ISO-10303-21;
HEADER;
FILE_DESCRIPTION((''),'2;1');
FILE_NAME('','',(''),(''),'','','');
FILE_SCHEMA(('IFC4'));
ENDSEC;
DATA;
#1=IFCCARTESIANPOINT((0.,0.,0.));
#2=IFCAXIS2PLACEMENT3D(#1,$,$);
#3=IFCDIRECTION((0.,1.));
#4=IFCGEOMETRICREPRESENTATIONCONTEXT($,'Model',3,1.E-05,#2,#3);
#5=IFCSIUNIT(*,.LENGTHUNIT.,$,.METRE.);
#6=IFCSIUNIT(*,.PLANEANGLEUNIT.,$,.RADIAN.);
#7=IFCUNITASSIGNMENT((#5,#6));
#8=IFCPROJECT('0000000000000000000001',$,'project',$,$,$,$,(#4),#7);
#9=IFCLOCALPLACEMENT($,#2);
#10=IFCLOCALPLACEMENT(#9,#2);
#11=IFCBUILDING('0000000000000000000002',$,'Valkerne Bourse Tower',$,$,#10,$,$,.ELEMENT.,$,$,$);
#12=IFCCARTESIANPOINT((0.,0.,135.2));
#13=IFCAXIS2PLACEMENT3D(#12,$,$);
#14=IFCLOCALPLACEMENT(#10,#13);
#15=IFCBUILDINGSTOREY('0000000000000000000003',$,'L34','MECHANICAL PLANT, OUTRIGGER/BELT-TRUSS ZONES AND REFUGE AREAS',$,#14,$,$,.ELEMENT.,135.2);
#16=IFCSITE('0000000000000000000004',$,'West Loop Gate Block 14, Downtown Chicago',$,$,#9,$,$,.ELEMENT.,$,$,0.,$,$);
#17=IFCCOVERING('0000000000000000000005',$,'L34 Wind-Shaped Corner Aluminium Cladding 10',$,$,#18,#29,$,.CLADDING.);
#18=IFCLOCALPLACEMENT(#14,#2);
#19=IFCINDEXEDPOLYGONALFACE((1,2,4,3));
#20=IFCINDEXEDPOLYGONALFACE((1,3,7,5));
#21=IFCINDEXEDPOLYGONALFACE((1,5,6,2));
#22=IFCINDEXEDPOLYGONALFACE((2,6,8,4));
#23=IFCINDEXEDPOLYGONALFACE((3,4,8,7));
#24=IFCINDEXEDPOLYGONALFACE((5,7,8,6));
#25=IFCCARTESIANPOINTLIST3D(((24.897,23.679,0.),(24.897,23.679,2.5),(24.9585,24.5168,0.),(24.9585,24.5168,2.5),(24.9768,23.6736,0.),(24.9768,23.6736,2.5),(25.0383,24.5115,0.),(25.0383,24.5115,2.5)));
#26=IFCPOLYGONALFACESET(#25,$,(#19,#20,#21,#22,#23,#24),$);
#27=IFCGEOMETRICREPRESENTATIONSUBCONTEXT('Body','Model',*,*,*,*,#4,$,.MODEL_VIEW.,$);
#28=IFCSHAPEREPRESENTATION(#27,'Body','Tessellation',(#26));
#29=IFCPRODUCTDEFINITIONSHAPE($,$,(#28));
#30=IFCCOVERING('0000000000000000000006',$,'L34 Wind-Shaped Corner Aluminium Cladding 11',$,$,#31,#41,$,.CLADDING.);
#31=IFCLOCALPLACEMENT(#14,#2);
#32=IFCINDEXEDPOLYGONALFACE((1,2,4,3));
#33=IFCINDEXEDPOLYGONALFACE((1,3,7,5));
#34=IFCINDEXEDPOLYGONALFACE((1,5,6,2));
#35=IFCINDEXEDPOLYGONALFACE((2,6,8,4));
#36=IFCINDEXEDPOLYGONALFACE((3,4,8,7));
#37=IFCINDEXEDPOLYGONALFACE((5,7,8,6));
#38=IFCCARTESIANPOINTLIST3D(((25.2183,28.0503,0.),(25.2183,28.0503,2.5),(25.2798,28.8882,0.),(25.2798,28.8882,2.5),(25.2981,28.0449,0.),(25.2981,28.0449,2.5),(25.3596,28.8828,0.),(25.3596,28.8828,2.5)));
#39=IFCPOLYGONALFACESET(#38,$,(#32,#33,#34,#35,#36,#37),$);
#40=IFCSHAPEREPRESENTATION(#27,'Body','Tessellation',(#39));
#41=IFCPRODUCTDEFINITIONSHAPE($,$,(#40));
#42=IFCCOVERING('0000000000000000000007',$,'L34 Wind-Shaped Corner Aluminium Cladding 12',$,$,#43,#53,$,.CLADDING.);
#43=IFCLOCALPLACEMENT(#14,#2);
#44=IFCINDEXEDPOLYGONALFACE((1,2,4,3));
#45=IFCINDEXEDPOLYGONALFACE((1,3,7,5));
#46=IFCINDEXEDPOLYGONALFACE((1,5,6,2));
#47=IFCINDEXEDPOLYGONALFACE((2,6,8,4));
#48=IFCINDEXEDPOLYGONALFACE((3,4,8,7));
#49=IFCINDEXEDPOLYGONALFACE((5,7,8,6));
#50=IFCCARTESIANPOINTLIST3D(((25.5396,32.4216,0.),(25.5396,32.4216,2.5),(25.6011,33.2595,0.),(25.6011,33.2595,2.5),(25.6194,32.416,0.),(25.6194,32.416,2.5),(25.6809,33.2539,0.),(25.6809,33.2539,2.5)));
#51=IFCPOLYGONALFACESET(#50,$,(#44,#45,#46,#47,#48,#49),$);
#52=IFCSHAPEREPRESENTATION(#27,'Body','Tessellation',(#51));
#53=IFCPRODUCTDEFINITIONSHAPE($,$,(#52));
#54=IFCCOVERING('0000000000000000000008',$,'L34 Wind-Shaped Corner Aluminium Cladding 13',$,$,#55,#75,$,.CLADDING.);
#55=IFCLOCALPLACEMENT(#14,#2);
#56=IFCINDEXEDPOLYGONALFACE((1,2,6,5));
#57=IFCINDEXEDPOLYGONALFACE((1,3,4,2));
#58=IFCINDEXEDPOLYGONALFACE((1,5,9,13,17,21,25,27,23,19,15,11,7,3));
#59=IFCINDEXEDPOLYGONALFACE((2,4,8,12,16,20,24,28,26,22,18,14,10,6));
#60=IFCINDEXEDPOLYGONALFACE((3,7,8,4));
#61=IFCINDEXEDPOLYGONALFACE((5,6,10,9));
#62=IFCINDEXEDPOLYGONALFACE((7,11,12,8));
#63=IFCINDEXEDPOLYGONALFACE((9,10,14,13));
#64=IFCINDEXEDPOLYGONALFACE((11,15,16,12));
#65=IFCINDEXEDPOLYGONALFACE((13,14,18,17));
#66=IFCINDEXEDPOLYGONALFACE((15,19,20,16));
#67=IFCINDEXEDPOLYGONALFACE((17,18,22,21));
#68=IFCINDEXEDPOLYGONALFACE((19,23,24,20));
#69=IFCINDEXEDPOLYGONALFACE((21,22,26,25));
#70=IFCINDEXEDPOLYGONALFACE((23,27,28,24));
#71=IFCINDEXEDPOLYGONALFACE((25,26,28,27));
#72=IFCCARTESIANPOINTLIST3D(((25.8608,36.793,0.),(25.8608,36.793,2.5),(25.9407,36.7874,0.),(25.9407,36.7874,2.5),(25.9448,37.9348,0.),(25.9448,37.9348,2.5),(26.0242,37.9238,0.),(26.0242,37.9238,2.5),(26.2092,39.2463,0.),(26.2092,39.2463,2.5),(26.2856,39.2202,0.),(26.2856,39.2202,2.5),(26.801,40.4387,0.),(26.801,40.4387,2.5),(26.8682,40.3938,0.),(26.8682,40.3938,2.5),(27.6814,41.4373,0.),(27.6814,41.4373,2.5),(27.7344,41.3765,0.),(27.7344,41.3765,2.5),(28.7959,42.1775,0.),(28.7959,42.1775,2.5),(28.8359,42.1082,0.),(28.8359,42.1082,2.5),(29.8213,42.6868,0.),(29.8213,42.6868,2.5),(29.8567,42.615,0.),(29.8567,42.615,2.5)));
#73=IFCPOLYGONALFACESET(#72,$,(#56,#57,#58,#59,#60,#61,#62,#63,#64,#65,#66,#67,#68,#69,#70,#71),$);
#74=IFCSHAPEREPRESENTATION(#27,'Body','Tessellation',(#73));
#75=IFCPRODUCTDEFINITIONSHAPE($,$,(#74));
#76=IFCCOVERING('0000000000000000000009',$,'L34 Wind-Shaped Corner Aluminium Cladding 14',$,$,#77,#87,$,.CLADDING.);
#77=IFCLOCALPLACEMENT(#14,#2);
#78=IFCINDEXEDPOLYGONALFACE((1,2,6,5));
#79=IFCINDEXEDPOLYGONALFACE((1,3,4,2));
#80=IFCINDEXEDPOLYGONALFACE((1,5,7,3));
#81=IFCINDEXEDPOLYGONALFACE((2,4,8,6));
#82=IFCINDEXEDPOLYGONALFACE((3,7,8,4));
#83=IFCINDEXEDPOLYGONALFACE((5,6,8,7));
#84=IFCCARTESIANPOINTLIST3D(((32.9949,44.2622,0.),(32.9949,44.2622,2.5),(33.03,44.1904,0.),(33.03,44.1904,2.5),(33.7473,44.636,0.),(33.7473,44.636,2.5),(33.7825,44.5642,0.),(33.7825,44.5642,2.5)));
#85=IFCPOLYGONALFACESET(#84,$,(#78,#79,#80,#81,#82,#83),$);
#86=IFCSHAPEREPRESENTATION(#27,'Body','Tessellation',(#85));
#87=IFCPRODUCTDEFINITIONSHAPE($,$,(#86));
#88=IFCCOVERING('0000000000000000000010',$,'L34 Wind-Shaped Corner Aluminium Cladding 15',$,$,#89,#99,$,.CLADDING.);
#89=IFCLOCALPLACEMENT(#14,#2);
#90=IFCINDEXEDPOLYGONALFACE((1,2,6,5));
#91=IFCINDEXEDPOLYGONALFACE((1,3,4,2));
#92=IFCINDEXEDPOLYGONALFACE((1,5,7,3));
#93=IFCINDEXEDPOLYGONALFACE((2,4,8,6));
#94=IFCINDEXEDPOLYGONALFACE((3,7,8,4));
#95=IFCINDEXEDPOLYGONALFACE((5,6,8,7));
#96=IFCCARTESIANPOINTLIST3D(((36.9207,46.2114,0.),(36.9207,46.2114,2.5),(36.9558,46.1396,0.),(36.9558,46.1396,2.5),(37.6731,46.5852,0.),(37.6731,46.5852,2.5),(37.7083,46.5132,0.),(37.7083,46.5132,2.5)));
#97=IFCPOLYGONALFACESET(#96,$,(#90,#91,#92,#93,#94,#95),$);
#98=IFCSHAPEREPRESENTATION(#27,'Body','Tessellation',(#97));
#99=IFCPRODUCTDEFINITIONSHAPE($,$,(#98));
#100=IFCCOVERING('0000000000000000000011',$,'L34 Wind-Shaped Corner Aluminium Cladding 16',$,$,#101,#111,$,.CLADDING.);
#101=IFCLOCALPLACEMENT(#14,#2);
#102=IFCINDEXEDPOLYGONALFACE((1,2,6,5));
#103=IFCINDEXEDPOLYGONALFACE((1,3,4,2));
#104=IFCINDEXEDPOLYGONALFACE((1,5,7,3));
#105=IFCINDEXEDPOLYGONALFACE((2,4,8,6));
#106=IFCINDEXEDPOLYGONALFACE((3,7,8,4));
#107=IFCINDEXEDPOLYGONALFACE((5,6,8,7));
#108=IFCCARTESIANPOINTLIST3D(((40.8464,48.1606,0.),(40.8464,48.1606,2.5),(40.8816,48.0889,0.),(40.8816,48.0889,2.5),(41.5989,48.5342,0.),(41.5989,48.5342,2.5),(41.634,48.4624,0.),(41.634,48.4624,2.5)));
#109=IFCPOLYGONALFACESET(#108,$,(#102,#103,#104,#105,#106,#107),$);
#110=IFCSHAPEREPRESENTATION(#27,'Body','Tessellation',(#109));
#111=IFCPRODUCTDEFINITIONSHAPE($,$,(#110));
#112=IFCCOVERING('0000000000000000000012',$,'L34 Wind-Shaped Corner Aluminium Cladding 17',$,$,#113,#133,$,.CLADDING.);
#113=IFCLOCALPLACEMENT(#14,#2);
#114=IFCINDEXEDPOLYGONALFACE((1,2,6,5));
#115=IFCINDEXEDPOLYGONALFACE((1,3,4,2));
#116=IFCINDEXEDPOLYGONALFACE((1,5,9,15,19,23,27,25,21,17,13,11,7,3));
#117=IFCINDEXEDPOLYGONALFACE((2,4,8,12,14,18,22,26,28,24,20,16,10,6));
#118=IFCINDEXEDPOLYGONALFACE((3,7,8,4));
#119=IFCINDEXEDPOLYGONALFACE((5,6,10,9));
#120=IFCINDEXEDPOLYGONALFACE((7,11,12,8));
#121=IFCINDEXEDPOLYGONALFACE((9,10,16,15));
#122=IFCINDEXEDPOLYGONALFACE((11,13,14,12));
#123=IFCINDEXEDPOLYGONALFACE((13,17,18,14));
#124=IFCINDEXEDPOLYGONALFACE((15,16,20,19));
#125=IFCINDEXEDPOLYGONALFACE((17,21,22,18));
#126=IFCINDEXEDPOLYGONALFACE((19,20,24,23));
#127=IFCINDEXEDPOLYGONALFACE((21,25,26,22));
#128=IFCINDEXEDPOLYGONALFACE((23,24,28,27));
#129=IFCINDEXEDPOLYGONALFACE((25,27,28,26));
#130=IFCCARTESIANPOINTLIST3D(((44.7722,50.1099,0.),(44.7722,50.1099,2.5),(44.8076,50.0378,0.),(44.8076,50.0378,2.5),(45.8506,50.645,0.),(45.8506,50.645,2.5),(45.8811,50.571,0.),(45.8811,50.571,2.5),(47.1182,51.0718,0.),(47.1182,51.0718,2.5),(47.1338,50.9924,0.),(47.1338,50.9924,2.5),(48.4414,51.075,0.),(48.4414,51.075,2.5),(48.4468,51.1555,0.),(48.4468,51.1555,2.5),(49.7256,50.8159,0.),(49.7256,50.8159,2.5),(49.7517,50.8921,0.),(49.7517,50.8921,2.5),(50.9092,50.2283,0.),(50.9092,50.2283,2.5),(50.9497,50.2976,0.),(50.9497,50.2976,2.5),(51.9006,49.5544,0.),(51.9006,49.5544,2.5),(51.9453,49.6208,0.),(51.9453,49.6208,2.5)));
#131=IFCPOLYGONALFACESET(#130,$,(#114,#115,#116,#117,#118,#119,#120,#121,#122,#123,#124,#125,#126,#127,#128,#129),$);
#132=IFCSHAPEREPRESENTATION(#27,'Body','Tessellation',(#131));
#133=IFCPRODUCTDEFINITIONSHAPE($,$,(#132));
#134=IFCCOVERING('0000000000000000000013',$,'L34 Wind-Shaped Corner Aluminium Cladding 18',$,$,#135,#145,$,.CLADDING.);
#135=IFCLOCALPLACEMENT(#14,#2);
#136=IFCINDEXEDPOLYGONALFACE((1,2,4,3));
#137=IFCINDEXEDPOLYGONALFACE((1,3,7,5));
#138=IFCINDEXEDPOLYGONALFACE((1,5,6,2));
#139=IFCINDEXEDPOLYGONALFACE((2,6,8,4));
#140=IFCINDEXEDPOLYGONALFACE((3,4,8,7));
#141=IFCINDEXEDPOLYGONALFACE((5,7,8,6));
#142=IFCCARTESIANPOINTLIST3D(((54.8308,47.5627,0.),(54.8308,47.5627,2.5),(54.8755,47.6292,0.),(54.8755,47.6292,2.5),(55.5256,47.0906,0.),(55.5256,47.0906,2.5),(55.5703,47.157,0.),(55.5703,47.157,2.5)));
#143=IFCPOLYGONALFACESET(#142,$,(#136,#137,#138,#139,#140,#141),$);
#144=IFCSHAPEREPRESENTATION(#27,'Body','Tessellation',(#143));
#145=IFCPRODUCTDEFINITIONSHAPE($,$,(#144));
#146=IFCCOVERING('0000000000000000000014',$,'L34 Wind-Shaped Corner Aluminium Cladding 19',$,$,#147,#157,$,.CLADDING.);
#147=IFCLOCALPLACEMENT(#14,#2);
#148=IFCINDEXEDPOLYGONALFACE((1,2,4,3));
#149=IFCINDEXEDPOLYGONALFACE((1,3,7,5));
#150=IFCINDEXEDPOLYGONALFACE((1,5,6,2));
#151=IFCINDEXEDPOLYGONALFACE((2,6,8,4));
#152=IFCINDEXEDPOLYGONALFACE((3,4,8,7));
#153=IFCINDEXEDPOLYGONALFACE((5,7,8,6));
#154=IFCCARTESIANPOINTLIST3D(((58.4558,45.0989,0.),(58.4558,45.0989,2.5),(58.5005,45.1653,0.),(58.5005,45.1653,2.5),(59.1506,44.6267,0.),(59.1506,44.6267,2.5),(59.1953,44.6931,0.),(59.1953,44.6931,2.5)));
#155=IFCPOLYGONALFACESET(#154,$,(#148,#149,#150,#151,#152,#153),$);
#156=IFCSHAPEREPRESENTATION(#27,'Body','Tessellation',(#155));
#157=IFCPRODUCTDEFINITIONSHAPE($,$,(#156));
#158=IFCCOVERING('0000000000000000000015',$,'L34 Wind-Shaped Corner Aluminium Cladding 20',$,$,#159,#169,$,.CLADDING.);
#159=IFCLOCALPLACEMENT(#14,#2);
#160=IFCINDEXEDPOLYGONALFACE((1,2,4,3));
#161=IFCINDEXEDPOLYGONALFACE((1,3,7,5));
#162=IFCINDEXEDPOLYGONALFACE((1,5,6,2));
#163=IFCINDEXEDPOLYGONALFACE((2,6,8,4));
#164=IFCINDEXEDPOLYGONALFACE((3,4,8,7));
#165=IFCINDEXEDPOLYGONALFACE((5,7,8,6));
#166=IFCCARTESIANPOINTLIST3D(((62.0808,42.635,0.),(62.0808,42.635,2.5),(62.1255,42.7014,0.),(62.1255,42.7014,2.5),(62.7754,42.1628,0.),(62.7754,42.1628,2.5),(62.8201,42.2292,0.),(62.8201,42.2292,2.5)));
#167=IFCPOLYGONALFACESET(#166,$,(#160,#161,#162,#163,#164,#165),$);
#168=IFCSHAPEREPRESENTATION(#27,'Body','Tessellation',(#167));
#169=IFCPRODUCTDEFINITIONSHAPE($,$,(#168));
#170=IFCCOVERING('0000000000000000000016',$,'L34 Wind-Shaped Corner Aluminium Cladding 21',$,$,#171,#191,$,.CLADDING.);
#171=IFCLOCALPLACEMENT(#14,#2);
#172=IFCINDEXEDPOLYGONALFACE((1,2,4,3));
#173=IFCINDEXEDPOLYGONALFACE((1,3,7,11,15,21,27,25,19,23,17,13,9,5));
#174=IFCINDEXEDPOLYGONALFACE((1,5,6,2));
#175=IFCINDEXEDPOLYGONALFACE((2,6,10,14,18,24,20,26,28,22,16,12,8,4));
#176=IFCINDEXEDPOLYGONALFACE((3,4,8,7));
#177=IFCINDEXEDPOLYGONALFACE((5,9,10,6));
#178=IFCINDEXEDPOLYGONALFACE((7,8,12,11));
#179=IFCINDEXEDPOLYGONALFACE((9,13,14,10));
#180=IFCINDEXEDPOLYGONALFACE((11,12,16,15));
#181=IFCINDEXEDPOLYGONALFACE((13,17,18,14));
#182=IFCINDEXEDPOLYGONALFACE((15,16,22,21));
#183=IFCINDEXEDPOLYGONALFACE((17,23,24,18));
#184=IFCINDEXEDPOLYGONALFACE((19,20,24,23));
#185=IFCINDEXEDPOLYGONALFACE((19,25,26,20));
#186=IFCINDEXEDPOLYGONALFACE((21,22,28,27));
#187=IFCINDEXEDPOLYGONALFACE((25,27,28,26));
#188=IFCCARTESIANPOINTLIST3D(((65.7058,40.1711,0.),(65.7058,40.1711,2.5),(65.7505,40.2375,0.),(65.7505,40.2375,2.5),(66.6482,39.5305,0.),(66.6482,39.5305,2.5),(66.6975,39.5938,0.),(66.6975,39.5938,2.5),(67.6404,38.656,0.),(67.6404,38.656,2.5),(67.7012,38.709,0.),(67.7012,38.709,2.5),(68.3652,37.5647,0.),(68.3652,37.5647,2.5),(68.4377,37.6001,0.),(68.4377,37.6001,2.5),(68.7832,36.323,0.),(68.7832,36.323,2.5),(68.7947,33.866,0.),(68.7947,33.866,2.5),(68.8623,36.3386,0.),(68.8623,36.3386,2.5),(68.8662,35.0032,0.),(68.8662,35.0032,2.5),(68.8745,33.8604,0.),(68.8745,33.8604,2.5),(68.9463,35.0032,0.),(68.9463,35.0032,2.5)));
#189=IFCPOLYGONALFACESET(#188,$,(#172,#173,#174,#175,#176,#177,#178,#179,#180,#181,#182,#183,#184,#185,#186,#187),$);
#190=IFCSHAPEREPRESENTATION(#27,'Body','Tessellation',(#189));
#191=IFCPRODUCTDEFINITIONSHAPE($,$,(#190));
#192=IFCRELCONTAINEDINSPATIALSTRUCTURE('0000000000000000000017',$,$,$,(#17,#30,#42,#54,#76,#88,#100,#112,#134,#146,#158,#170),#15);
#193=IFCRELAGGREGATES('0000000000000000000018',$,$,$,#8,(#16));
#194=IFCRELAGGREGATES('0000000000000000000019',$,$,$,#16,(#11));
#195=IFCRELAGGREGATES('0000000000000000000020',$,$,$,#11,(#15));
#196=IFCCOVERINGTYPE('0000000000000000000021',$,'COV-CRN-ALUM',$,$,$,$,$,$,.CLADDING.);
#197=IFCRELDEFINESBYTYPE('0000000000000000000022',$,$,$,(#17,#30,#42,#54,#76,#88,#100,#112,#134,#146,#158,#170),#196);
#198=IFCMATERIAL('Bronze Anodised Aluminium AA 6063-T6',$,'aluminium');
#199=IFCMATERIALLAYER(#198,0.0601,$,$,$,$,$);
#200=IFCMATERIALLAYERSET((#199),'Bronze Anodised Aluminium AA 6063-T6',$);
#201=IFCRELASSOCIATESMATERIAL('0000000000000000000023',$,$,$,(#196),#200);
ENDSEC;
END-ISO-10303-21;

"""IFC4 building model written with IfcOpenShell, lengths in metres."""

from ifc_helpers import new_model, si_unit, direction, frame, origin, place, context, subcontext, project, spatial, polyline, outline, extrude, material, layer, layer_set, type_object, element, save


model = new_model("IFC4")

# Units and contexts
model_context = context("Model", 3, precision=1e-05, world=origin(), true_north=direction((0.0, 1.0)))
body_context = subcontext(model_context, "Body", "Model", "MODEL_VIEW")
ifc_project = project(units=[si_unit("LENGTHUNIT", "METRE"), si_unit("PLANEANGLEUNIT", "RADIAN")], contexts=[model_context])

# Site, building, storey
site_placement = place(None, origin())
site = spatial("IfcSite", under=ifc_project, at=site_placement, Name="West Loop Gate Block 14, Downtown Chicago", CompositionType="ELEMENT", RefElevation=0.0)
building_placement = place(site_placement, origin())
building = spatial("IfcBuilding", under=site, at=building_placement, Name="Valkerne Bourse Tower", CompositionType="ELEMENT")
storey_placement = place(building_placement, frame((0.0, 0.0, 135.2)))
storey = spatial("IfcBuildingStorey", under=building, at=storey_placement, Name="L34", Description="MECHANICAL PLANT, OUTRIGGER/BELT-TRUSS ZONES AND REFUGE AREAS", CompositionType="ELEMENT", Elevation=135.2)

# Coverings
ifc_material_1 = material(Name="Bronze Anodised Aluminium AA 6063-T6", Category="aluminium")
ifc_layer_1 = layer(ifc_material_1, 0.0601)
ifc_layer_set_1 = layer_set([ifc_layer_1], Name="Bronze Anodised Aluminium AA 6063-T6")
covering_type = type_object("IfcCoveringType", Name="COV-CRN-ALUM", PredefinedType="CLADDING", material=ifc_layer_set_1)
covering_1_placement = place(storey_placement, origin())
element("IfcCovering", 1, at=covering_1_placement, inside=storey, type_object=covering_type, Name="L34 Wind-Shaped Corner Aluminium Cladding 10", PredefinedType="CLADDING", context=body_context, shape_type="SweptSolid", body=[
    extrude(outline(polyline([(24.9585, 24.5168), (25.0383, 24.5115), (24.9768, 23.6736), (24.897, 23.679), (24.9585, 24.5168)])), origin(), (0.0, 0.0, 1.0), 2.5),
])
covering_2_placement = place(storey_placement, origin())
element("IfcCovering", 2, at=covering_2_placement, inside=storey, type_object=covering_type, Name="L34 Wind-Shaped Corner Aluminium Cladding 11", PredefinedType="CLADDING", context=body_context, shape_type="SweptSolid", body=[
    extrude(outline(polyline([(25.2798, 28.8882), (25.3596, 28.8828), (25.2981, 28.0449), (25.2183, 28.0503), (25.2798, 28.8882)])), origin(), (0.0, 0.0, 1.0), 2.5),
])
covering_3_placement = place(storey_placement, origin())
element("IfcCovering", 3, at=covering_3_placement, inside=storey, type_object=covering_type, Name="L34 Wind-Shaped Corner Aluminium Cladding 12", PredefinedType="CLADDING", context=body_context, shape_type="SweptSolid", body=[
    extrude(outline(polyline([(25.6011, 33.2595), (25.6809, 33.2539), (25.6194, 32.416), (25.5396, 32.4216), (25.6011, 33.2595)])), origin(), (0.0, 0.0, 1.0), 2.5),
])
covering_4_placement = place(storey_placement, origin())
element("IfcCovering", 4, at=covering_4_placement, inside=storey, type_object=covering_type, Name="L34 Wind-Shaped Corner Aluminium Cladding 13", PredefinedType="CLADDING", context=body_context, shape_type="SweptSolid", body=[
    extrude(outline(polyline([(25.9448, 37.9348), (26.2092, 39.2463), (26.801, 40.4387), (27.6814, 41.4373), (28.7959, 42.1775), (29.8213, 42.6868), (29.8567, 42.615), (28.8359, 42.1082), (27.7344, 41.3765), (26.8682, 40.3938), (26.2856, 39.2202), (26.0242, 37.9238), (25.9407, 36.7874), (25.8608, 36.793), (25.9448, 37.9348)])), origin(), (0.0, 0.0, 1.0), 2.5),
])
covering_5_placement = place(storey_placement, origin())
element("IfcCovering", 5, at=covering_5_placement, inside=storey, type_object=covering_type, Name="L34 Wind-Shaped Corner Aluminium Cladding 14", PredefinedType="CLADDING", context=body_context, shape_type="SweptSolid", body=[
    extrude(outline(polyline([(33.7473, 44.636), (33.7825, 44.5642), (33.03, 44.1904), (32.9949, 44.2622), (33.7473, 44.636)])), origin(), (0.0, 0.0, 1.0), 2.5),
])
covering_6_placement = place(storey_placement, origin())
element("IfcCovering", 6, at=covering_6_placement, inside=storey, type_object=covering_type, Name="L34 Wind-Shaped Corner Aluminium Cladding 15", PredefinedType="CLADDING", context=body_context, shape_type="SweptSolid", body=[
    extrude(outline(polyline([(37.6731, 46.5852), (37.7083, 46.5132), (36.9558, 46.1396), (36.9207, 46.2114), (37.6731, 46.5852)])), origin(), (0.0, 0.0, 1.0), 2.5),
])
covering_7_placement = place(storey_placement, origin())
element("IfcCovering", 7, at=covering_7_placement, inside=storey, type_object=covering_type, Name="L34 Wind-Shaped Corner Aluminium Cladding 16", PredefinedType="CLADDING", context=body_context, shape_type="SweptSolid", body=[
    extrude(outline(polyline([(41.5989, 48.5342), (41.634, 48.4624), (40.8816, 48.0889), (40.8464, 48.1606), (41.5989, 48.5342)])), origin(), (0.0, 0.0, 1.0), 2.5),
])
covering_8_placement = place(storey_placement, origin())
element("IfcCovering", 8, at=covering_8_placement, inside=storey, type_object=covering_type, Name="L34 Wind-Shaped Corner Aluminium Cladding 17", PredefinedType="CLADDING", context=body_context, shape_type="SweptSolid", body=[
    extrude(outline(polyline([(45.8506, 50.645), (47.1182, 51.0718), (48.4468, 51.1555), (49.7517, 50.8921), (50.9497, 50.2976), (51.9453, 49.6208), (51.9006, 49.5544), (50.9092, 50.2283), (49.7256, 50.8159), (48.4414, 51.075), (47.1338, 50.9924), (45.8811, 50.571), (44.8076, 50.0378), (44.7722, 50.1099), (45.8506, 50.645)])), origin(), (0.0, 0.0, 1.0), 2.5),
])
covering_9_placement = place(storey_placement, origin())
element("IfcCovering", 9, at=covering_9_placement, inside=storey, type_object=covering_type, Name="L34 Wind-Shaped Corner Aluminium Cladding 18", PredefinedType="CLADDING", context=body_context, shape_type="SweptSolid", body=[
    extrude(outline(polyline([(55.5703, 47.157), (55.5256, 47.0906), (54.8308, 47.5627), (54.8755, 47.6292), (55.5703, 47.157)])), origin(), (0.0, 0.0, 1.0), 2.5),
])
covering_10_placement = place(storey_placement, origin())
element("IfcCovering", 10, at=covering_10_placement, inside=storey, type_object=covering_type, Name="L34 Wind-Shaped Corner Aluminium Cladding 19", PredefinedType="CLADDING", context=body_context, shape_type="SweptSolid", body=[
    extrude(outline(polyline([(59.1953, 44.6931), (59.1506, 44.6267), (58.4558, 45.0989), (58.5005, 45.1653), (59.1953, 44.6931)])), origin(), (0.0, 0.0, 1.0), 2.5),
])
covering_11_placement = place(storey_placement, origin())
element("IfcCovering", 11, at=covering_11_placement, inside=storey, type_object=covering_type, Name="L34 Wind-Shaped Corner Aluminium Cladding 20", PredefinedType="CLADDING", context=body_context, shape_type="SweptSolid", body=[
    extrude(outline(polyline([(62.8201, 42.2292), (62.7754, 42.1628), (62.0808, 42.635), (62.1255, 42.7014), (62.8201, 42.2292)])), origin(), (0.0, 0.0, 1.0), 2.5),
])
covering_12_placement = place(storey_placement, origin())
element("IfcCovering", 12, at=covering_12_placement, inside=storey, type_object=covering_type, Name="L34 Wind-Shaped Corner Aluminium Cladding 21", PredefinedType="CLADDING", context=body_context, shape_type="SweptSolid", body=[
    extrude(outline(polyline([(66.6975, 39.5938), (67.7012, 38.709), (68.4377, 37.6001), (68.8623, 36.3386), (68.9463, 35.0032), (68.8745, 33.8604), (68.7947, 33.866), (68.8662, 35.0032), (68.7832, 36.323), (68.3652, 37.5647), (67.6404, 38.656), (66.6482, 39.5305), (65.7058, 40.1711), (65.7505, 40.2375), (66.6975, 39.5938)])), origin(), (0.0, 0.0, 1.0), 2.5),
])

save(model, "model.ifc")
